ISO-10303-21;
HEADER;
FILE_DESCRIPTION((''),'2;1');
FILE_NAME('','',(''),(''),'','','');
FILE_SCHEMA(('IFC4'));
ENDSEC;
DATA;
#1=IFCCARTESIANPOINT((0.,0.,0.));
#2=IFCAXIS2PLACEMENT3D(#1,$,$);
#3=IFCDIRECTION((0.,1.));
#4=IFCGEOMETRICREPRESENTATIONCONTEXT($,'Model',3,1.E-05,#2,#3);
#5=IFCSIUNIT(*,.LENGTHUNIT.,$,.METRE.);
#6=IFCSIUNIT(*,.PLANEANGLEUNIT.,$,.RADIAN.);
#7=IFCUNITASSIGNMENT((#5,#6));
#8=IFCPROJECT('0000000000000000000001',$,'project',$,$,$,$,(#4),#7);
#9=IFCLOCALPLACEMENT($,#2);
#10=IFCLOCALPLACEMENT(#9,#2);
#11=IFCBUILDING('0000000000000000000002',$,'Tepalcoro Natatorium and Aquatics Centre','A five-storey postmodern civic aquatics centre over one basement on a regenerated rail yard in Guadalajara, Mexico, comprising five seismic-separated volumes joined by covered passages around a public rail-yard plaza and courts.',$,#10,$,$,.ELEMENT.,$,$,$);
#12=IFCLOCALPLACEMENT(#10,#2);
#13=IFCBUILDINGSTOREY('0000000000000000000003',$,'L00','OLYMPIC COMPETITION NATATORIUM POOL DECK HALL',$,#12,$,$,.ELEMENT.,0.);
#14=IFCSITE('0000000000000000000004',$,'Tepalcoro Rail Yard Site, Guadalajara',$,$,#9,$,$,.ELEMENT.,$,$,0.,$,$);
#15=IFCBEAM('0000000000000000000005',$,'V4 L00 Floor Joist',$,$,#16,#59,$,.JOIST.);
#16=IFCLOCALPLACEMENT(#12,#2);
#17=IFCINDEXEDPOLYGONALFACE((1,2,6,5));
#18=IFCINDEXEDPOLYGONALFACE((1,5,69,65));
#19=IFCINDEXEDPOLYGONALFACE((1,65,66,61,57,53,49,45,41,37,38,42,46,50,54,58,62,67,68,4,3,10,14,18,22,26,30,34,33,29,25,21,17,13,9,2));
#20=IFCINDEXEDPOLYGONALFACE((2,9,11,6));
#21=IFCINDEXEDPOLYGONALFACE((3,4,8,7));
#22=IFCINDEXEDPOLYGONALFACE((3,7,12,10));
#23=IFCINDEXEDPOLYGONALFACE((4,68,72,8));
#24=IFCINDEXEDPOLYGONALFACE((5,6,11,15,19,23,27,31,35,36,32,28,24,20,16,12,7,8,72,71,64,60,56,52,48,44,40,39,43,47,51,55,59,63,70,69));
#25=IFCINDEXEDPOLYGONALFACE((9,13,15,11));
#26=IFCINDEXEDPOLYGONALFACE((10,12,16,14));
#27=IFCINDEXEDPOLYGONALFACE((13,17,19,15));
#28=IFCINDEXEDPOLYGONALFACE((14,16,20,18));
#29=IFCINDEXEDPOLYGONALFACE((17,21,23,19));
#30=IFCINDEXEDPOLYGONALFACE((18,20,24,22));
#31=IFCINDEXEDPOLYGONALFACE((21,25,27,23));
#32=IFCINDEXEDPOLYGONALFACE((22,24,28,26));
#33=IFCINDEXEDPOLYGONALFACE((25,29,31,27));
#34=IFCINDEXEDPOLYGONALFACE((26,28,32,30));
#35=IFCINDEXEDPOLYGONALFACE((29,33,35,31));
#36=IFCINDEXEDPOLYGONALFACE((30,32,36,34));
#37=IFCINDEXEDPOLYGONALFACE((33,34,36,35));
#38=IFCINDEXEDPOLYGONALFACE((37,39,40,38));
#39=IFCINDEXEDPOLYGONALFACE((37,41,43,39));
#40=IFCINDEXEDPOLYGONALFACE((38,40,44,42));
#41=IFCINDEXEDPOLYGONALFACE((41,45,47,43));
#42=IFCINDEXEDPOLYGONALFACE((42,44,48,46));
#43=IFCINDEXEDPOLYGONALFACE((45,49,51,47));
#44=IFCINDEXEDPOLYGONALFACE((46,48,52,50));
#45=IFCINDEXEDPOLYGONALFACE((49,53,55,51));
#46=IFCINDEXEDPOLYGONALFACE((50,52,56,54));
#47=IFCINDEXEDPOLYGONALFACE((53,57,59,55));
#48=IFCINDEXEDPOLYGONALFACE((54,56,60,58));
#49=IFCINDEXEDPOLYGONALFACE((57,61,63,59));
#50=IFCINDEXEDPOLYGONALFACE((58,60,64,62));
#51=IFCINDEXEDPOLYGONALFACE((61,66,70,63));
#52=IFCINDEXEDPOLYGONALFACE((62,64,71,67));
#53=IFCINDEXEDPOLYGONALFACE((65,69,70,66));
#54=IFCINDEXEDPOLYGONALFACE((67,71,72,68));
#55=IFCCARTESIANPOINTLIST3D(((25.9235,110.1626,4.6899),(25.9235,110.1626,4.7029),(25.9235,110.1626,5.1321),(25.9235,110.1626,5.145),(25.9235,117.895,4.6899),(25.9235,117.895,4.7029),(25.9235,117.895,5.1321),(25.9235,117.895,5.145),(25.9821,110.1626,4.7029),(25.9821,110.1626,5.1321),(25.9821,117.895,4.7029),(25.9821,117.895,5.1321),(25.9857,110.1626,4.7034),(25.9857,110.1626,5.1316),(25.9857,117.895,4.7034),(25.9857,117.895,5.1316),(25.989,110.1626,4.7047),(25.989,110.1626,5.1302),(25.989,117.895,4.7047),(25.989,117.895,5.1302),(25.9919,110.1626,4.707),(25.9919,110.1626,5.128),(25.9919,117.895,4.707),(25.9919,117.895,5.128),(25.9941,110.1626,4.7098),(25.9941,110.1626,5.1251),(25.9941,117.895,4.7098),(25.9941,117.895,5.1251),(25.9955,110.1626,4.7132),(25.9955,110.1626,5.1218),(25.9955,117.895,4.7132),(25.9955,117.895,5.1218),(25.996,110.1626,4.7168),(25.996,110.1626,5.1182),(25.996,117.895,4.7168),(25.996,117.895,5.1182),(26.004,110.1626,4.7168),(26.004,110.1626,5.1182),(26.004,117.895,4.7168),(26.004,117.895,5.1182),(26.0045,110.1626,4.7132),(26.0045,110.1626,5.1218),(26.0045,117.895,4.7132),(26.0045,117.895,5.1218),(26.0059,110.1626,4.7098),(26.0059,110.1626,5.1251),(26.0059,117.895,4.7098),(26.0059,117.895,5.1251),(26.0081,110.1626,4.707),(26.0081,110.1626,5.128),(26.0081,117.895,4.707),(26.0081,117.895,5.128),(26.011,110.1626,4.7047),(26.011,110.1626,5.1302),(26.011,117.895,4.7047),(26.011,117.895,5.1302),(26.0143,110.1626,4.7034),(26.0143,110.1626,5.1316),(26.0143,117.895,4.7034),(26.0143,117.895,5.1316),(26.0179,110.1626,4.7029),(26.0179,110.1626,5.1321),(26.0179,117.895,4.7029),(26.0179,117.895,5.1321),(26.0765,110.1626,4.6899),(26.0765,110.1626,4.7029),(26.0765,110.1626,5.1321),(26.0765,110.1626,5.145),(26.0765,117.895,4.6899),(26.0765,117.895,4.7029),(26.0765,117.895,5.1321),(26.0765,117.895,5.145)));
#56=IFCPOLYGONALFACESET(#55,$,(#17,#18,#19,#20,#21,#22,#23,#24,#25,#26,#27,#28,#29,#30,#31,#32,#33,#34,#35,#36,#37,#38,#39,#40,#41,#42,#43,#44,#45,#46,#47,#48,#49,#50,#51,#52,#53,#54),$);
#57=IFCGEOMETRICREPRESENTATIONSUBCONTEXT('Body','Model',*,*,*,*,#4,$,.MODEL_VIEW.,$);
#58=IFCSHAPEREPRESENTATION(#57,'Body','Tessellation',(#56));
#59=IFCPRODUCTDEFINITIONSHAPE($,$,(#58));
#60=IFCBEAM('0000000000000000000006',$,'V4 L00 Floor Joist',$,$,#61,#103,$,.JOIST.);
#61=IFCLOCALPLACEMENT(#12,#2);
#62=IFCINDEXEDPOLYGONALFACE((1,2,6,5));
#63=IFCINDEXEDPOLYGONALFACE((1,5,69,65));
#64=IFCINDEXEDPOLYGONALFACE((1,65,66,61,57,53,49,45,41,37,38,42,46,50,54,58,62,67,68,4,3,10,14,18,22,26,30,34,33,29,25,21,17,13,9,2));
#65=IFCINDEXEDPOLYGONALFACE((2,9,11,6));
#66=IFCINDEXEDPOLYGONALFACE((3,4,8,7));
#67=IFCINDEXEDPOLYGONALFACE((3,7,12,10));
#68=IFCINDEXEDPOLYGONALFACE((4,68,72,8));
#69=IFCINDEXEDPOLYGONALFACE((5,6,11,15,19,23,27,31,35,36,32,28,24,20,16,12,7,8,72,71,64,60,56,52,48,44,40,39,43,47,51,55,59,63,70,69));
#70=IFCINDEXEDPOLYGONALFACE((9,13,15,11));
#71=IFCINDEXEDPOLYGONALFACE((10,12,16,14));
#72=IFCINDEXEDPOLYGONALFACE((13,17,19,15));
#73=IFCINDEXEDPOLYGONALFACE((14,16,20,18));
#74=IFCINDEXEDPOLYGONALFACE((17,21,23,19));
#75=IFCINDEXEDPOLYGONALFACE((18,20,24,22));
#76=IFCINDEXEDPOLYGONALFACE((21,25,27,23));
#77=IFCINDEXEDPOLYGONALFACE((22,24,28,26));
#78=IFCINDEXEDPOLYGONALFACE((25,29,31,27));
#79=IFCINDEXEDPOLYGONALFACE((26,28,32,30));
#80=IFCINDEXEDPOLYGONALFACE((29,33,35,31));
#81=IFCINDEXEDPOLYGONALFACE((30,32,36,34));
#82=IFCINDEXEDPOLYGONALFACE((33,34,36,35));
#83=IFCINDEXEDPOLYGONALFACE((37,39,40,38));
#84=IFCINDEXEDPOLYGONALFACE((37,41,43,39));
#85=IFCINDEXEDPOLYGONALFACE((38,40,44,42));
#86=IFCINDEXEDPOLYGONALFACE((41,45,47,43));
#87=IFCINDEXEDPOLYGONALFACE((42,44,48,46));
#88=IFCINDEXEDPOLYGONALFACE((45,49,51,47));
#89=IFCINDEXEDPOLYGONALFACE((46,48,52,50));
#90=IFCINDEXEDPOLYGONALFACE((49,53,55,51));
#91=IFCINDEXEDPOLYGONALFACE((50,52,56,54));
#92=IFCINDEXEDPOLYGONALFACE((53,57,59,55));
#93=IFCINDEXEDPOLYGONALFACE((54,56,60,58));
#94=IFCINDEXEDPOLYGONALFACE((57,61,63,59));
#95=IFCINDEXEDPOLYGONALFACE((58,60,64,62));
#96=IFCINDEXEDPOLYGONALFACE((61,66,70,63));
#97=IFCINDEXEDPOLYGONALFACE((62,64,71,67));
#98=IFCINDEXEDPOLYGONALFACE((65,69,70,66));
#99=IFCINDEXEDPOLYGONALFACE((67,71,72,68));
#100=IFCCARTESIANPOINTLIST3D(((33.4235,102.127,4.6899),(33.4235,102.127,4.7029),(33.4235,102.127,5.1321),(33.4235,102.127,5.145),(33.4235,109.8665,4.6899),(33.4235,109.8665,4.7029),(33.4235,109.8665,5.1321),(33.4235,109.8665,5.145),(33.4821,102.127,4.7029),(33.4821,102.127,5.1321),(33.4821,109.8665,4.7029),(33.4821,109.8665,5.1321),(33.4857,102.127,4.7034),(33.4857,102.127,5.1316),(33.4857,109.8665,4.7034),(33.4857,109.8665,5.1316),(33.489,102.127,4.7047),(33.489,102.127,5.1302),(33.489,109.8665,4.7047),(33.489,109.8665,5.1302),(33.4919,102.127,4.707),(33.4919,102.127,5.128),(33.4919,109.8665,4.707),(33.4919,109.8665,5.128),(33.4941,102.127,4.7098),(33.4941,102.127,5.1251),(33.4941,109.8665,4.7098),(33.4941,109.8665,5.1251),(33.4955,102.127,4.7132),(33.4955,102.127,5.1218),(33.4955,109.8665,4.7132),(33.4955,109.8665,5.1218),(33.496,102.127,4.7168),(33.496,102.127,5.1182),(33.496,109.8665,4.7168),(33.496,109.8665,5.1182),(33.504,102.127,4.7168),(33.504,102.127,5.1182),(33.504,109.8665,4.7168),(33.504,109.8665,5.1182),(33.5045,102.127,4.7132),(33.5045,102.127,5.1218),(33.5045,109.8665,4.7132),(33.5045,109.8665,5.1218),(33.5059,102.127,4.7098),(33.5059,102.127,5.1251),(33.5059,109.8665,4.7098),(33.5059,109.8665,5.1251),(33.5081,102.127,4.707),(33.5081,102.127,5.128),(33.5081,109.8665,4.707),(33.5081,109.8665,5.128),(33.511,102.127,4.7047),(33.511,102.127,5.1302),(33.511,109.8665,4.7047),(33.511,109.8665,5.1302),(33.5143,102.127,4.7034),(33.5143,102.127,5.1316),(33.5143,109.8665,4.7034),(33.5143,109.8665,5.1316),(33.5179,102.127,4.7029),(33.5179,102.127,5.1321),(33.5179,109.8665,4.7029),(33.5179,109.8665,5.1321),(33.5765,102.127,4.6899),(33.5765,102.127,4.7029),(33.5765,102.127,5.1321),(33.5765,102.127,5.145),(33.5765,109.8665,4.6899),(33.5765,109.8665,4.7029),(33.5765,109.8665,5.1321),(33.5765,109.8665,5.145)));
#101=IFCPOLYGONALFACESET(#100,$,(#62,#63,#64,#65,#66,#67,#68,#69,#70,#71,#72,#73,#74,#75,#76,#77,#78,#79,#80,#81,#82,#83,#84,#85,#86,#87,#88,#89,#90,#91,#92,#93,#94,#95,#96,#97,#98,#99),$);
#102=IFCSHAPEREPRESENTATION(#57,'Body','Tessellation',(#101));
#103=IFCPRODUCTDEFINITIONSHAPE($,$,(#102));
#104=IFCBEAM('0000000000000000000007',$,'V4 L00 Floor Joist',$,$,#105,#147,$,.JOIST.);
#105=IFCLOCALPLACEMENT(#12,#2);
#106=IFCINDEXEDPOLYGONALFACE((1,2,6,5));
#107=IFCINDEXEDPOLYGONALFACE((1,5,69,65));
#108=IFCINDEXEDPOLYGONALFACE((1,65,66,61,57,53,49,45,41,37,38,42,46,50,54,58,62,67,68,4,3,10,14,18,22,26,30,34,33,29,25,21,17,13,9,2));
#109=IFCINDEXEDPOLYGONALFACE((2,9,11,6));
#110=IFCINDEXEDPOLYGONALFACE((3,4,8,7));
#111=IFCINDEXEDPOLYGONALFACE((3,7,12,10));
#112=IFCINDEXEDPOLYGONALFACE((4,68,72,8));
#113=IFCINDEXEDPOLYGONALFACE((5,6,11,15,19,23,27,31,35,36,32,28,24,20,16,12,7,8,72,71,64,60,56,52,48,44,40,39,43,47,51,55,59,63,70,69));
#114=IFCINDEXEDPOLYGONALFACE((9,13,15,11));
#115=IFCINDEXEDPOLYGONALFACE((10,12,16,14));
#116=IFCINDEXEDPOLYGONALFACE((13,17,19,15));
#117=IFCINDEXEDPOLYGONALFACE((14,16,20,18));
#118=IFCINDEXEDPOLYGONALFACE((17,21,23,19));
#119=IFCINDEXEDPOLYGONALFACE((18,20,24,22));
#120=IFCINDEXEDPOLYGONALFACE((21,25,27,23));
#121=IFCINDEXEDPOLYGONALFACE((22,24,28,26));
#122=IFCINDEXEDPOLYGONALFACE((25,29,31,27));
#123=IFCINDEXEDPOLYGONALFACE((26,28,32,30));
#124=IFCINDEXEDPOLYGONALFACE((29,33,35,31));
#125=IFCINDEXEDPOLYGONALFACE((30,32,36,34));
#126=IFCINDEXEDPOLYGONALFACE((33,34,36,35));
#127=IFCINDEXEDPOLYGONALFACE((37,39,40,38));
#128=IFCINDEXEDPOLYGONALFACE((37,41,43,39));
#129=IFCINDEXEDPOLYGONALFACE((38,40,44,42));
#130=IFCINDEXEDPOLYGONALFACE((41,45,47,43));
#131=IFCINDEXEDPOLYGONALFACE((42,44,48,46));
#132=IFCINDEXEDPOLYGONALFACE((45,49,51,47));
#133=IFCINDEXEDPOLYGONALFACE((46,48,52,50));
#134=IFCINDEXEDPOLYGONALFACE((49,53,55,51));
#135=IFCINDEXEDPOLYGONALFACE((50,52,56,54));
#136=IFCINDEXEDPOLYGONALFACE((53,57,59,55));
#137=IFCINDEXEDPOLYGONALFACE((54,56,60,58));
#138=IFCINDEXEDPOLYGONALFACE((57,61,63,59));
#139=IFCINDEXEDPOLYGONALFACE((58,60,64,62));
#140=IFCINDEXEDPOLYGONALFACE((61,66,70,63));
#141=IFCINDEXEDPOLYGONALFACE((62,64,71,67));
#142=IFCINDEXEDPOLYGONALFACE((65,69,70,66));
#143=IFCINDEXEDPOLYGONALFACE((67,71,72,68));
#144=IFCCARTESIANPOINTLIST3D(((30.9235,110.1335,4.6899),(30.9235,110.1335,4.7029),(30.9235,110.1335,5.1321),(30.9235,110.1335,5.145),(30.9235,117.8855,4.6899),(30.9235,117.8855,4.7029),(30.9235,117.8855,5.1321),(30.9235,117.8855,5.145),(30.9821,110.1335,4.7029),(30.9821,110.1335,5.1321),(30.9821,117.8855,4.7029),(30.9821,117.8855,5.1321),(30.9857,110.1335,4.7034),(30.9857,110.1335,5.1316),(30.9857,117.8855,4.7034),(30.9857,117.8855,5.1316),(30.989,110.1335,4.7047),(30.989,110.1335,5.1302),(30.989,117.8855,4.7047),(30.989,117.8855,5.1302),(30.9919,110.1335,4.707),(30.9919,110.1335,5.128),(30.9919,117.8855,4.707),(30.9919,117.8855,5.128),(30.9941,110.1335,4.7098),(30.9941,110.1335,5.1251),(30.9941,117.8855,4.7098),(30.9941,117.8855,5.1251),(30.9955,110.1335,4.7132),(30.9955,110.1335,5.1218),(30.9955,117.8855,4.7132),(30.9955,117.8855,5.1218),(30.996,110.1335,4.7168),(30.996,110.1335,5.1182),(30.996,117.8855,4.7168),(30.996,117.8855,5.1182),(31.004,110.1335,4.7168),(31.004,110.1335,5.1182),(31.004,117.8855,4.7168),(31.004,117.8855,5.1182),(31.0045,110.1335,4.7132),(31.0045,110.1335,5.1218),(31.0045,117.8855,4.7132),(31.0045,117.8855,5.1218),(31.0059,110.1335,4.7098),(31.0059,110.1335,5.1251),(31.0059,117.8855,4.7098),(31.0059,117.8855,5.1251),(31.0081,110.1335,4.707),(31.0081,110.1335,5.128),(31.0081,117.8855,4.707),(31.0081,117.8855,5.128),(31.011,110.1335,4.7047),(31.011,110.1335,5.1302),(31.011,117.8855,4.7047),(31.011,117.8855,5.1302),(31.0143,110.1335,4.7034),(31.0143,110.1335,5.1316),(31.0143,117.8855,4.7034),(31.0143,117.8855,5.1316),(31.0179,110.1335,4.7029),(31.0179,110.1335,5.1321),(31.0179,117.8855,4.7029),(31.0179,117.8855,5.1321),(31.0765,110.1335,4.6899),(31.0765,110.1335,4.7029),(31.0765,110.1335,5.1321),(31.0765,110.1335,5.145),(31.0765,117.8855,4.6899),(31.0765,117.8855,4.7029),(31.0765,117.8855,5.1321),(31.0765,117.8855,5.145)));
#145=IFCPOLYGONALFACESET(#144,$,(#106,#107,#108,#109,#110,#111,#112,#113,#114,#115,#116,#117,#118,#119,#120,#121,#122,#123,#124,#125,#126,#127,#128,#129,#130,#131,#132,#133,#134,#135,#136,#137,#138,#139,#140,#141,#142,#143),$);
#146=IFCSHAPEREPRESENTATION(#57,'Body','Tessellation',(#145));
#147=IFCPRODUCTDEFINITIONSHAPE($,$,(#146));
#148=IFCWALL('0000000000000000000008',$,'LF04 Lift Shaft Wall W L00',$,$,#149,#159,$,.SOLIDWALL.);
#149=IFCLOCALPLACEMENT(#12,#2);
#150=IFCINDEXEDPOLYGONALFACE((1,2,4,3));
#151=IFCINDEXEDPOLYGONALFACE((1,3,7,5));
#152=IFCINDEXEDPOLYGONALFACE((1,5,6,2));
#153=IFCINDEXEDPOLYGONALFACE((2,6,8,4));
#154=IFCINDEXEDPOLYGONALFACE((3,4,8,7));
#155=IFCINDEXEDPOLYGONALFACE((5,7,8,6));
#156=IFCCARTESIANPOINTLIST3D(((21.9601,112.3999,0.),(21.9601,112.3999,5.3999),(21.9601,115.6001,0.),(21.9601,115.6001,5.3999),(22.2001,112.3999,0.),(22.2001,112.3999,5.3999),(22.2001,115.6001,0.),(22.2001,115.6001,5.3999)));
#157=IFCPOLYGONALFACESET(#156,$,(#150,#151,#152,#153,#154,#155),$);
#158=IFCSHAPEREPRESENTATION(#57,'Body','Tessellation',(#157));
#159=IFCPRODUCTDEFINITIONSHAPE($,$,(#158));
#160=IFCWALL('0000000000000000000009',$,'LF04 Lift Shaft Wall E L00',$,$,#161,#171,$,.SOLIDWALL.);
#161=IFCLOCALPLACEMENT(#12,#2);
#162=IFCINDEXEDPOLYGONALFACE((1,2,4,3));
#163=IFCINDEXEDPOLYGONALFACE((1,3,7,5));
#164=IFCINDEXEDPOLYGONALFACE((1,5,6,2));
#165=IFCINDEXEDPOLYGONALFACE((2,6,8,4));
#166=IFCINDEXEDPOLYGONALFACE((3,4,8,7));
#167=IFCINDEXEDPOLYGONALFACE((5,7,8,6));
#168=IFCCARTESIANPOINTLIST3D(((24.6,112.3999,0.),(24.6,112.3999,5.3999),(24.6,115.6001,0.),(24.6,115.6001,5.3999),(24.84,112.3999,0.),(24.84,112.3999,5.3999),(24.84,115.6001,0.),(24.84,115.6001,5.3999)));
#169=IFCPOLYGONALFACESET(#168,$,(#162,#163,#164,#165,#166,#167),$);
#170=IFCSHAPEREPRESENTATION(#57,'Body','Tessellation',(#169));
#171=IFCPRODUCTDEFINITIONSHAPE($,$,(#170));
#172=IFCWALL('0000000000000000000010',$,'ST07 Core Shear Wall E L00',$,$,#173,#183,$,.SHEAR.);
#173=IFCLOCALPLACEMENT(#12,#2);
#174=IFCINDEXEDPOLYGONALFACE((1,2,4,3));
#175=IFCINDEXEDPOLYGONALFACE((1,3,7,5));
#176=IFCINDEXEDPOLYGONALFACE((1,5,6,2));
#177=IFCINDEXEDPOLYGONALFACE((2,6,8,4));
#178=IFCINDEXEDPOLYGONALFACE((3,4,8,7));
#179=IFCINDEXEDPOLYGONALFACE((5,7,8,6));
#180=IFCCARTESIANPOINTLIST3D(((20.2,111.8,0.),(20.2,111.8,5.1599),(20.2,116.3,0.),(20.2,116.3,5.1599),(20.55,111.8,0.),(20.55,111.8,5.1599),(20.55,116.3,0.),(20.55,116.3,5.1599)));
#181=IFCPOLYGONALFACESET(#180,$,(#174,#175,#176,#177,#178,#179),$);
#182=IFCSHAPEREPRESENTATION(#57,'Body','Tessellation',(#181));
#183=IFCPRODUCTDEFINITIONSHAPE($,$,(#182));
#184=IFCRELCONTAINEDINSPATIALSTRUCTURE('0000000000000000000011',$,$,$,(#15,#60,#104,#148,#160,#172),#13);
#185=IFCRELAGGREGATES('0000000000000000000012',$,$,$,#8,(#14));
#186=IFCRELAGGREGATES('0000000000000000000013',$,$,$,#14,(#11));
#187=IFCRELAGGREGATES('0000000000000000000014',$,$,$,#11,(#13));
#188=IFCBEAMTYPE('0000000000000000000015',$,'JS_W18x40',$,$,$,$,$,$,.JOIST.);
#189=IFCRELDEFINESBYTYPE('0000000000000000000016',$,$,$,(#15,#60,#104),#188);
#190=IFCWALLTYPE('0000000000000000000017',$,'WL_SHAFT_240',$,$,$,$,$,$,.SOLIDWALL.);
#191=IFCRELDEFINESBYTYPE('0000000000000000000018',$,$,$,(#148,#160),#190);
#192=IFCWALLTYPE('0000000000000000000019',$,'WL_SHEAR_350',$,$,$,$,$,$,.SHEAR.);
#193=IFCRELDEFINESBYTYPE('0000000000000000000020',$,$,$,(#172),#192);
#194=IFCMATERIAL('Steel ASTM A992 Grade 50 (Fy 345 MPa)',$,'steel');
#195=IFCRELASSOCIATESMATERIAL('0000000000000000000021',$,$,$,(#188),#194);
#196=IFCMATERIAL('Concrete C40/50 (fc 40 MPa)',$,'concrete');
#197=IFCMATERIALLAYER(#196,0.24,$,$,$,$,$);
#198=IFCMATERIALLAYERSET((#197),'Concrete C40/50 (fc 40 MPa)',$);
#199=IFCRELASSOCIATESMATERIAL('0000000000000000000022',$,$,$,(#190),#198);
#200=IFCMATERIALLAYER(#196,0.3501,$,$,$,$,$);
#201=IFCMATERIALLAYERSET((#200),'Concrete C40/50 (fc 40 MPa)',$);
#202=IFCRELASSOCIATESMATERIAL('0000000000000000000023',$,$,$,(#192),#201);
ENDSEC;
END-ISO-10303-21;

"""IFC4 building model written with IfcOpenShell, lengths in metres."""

from ifc_helpers import new_model, si_unit, direction, frame, frame_2d, origin, origin_2d, place, context, subcontext, project, spatial, rectangle, i_section, extrude, material, layer, layer_set, material_profile, profile_set, type_object, element, save


model = new_model("IFC4")

# Units and contexts
model_context = context("Model", 3, precision=1e-05, world=origin(), true_north=direction((0.0, 1.0)))
body_context = subcontext(model_context, "Body", "Model", "MODEL_VIEW")
ifc_project = project(units=[si_unit("LENGTHUNIT", "METRE"), si_unit("PLANEANGLEUNIT", "RADIAN")], contexts=[model_context])

# Site, building, storey
site_placement = place(None, origin())
site = spatial("IfcSite", under=ifc_project, at=site_placement, Name="Tepalcoro Rail Yard Site, Guadalajara", CompositionType="ELEMENT", RefElevation=0.0)
building_placement = place(site_placement, origin())
building = spatial("IfcBuilding", under=site, at=building_placement, Name="Tepalcoro Natatorium and Aquatics Centre", Description="A five-storey postmodern civic aquatics centre over one basement on a regenerated rail yard in Guadalajara, Mexico, comprising five seismic-separated volumes joined by covered passages around a public rail-yard plaza and courts.", CompositionType="ELEMENT")
storey_placement = place(building_placement, origin())
storey = spatial("IfcBuildingStorey", under=building, at=storey_placement, Name="L00", Description="OLYMPIC COMPETITION NATATORIUM POOL DECK HALL", CompositionType="ELEMENT", Elevation=0.0)

# Shared definitions
ifc_material_1 = material(Name="Concrete C40/50 (fc 40 MPa)", Category="concrete")

# Beams
ifc_material_2 = material(Name="Steel ASTM A992 Grade 50 (Fy 345 MPa)", Category="steel")
ifc_material_profile_1 = material_profile(ifc_material_2, i_section(OverallWidth=0.1531, OverallDepth=0.4551, WebThickness=0.0081, FlangeThickness=0.0129, FilletRadius=0.0139, at=origin_2d()), Name="W18X40")
ifc_profile_set_1 = profile_set([ifc_material_profile_1], Name="Steel ASTM A992 Grade 50 (Fy 345 MPa)")
beam_type_1 = type_object("IfcBeamType", Name="JS_W18x40", PredefinedType="JOIST", material=ifc_profile_set_1)
beam_1_placement = place(storey_placement, frame((26.0, 110.1626, 4.9175), z_axis=(0.0, 1.0, 0.0), x_axis=(-1.0, 0.0, 0.0)))
element("IfcBeam", 1, at=beam_1_placement, inside=storey, type_object=beam_type_1, Name="V4 L00 Floor Joist", PredefinedType="JOIST", context=body_context, shape_type="SweptSolid", body=[
    extrude(i_section(OverallWidth=0.1531, OverallDepth=0.4551, WebThickness=0.0081, FlangeThickness=0.0129, FilletRadius=0.0139, at=origin_2d()), origin(), (0.0, 0.0, 1.0), 7.7324),
])
beam_2_placement = place(storey_placement, frame((33.5, 102.127, 4.9175), z_axis=(0.0, 1.0, 0.0), x_axis=(-1.0, 0.0, 0.0)))
element("IfcBeam", 2, at=beam_2_placement, inside=storey, type_object=beam_type_1, Name="V4 L00 Floor Joist", PredefinedType="JOIST", context=body_context, shape_type="SweptSolid", body=[
    extrude(i_section(OverallWidth=0.1531, OverallDepth=0.4551, WebThickness=0.0081, FlangeThickness=0.0129, FilletRadius=0.0139, at=origin_2d()), origin(), (0.0, 0.0, 1.0), 7.7395),
])
beam_3_placement = place(storey_placement, frame((31.0, 110.1335, 4.9175), z_axis=(0.0, 1.0, 0.0), x_axis=(-1.0, 0.0, 0.0)))
element("IfcBeam", 3, at=beam_3_placement, inside=storey, type_object=beam_type_1, Name="V4 L00 Floor Joist", PredefinedType="JOIST", context=body_context, shape_type="SweptSolid", body=[
    extrude(i_section(OverallWidth=0.1531, OverallDepth=0.4551, WebThickness=0.0081, FlangeThickness=0.0129, FilletRadius=0.0139, at=origin_2d()), origin(), (0.0, 0.0, 1.0), 7.752),
])

# Shared definitions
ifc_layer_1 = layer(ifc_material_1, 0.24)
ifc_layer_set_1 = layer_set([ifc_layer_1], Name="Concrete C40/50 (fc 40 MPa)")
wall_type_1 = type_object("IfcWallType", Name="WL_SHAFT_240", PredefinedType="SOLIDWALL", material=ifc_layer_set_1)

# Walls
for number, where, z_axis, x_axis, name in (
    (4, (22.0801, 112.3999, 0.0), (0.0, 0.0, 1.0), (0.0, 1.0, 0.0), "LF04 Lift Shaft Wall W L00"),
    (5, (24.72, 112.3999, 0.0), (0.0, 0.0, 1.0), (0.0, 1.0, 0.0), "LF04 Lift Shaft Wall E L00"),
):
    element("IfcWall", number, at=place(storey_placement, frame(where, z_axis=z_axis, x_axis=x_axis)), inside=storey, type_object=wall_type_1, Name=name, PredefinedType="SOLIDWALL", context=body_context, shape_type="SweptSolid", body=[
        extrude(rectangle(XDim=3.2002, YDim=0.24, at=frame_2d((1.6001, 0.0))), origin(), (0.0, 0.0, 1.0), 5.3999),
    ])
ifc_layer_2 = layer(ifc_material_1, 0.3501)
ifc_layer_set_2 = layer_set([ifc_layer_2], Name="Concrete C40/50 (fc 40 MPa)")
wall_type_2 = type_object("IfcWallType", Name="WL_SHEAR_350", PredefinedType="SHEAR", material=ifc_layer_set_2)
wall_1_placement = place(storey_placement, frame((20.375, 111.8, 0.0), z_axis=(0.0, 0.0, 1.0), x_axis=(0.0, 1.0, 0.0)))
element("IfcWall", 6, at=wall_1_placement, inside=storey, type_object=wall_type_2, Name="ST07 Core Shear Wall E L00", PredefinedType="SHEAR", context=body_context, shape_type="SweptSolid", body=[
    extrude(rectangle(XDim=4.5, YDim=0.3501, at=frame_2d((2.25, 0.0))), origin(), (0.0, 0.0, 1.0), 5.1599),
])

save(model, "model.ifc")
